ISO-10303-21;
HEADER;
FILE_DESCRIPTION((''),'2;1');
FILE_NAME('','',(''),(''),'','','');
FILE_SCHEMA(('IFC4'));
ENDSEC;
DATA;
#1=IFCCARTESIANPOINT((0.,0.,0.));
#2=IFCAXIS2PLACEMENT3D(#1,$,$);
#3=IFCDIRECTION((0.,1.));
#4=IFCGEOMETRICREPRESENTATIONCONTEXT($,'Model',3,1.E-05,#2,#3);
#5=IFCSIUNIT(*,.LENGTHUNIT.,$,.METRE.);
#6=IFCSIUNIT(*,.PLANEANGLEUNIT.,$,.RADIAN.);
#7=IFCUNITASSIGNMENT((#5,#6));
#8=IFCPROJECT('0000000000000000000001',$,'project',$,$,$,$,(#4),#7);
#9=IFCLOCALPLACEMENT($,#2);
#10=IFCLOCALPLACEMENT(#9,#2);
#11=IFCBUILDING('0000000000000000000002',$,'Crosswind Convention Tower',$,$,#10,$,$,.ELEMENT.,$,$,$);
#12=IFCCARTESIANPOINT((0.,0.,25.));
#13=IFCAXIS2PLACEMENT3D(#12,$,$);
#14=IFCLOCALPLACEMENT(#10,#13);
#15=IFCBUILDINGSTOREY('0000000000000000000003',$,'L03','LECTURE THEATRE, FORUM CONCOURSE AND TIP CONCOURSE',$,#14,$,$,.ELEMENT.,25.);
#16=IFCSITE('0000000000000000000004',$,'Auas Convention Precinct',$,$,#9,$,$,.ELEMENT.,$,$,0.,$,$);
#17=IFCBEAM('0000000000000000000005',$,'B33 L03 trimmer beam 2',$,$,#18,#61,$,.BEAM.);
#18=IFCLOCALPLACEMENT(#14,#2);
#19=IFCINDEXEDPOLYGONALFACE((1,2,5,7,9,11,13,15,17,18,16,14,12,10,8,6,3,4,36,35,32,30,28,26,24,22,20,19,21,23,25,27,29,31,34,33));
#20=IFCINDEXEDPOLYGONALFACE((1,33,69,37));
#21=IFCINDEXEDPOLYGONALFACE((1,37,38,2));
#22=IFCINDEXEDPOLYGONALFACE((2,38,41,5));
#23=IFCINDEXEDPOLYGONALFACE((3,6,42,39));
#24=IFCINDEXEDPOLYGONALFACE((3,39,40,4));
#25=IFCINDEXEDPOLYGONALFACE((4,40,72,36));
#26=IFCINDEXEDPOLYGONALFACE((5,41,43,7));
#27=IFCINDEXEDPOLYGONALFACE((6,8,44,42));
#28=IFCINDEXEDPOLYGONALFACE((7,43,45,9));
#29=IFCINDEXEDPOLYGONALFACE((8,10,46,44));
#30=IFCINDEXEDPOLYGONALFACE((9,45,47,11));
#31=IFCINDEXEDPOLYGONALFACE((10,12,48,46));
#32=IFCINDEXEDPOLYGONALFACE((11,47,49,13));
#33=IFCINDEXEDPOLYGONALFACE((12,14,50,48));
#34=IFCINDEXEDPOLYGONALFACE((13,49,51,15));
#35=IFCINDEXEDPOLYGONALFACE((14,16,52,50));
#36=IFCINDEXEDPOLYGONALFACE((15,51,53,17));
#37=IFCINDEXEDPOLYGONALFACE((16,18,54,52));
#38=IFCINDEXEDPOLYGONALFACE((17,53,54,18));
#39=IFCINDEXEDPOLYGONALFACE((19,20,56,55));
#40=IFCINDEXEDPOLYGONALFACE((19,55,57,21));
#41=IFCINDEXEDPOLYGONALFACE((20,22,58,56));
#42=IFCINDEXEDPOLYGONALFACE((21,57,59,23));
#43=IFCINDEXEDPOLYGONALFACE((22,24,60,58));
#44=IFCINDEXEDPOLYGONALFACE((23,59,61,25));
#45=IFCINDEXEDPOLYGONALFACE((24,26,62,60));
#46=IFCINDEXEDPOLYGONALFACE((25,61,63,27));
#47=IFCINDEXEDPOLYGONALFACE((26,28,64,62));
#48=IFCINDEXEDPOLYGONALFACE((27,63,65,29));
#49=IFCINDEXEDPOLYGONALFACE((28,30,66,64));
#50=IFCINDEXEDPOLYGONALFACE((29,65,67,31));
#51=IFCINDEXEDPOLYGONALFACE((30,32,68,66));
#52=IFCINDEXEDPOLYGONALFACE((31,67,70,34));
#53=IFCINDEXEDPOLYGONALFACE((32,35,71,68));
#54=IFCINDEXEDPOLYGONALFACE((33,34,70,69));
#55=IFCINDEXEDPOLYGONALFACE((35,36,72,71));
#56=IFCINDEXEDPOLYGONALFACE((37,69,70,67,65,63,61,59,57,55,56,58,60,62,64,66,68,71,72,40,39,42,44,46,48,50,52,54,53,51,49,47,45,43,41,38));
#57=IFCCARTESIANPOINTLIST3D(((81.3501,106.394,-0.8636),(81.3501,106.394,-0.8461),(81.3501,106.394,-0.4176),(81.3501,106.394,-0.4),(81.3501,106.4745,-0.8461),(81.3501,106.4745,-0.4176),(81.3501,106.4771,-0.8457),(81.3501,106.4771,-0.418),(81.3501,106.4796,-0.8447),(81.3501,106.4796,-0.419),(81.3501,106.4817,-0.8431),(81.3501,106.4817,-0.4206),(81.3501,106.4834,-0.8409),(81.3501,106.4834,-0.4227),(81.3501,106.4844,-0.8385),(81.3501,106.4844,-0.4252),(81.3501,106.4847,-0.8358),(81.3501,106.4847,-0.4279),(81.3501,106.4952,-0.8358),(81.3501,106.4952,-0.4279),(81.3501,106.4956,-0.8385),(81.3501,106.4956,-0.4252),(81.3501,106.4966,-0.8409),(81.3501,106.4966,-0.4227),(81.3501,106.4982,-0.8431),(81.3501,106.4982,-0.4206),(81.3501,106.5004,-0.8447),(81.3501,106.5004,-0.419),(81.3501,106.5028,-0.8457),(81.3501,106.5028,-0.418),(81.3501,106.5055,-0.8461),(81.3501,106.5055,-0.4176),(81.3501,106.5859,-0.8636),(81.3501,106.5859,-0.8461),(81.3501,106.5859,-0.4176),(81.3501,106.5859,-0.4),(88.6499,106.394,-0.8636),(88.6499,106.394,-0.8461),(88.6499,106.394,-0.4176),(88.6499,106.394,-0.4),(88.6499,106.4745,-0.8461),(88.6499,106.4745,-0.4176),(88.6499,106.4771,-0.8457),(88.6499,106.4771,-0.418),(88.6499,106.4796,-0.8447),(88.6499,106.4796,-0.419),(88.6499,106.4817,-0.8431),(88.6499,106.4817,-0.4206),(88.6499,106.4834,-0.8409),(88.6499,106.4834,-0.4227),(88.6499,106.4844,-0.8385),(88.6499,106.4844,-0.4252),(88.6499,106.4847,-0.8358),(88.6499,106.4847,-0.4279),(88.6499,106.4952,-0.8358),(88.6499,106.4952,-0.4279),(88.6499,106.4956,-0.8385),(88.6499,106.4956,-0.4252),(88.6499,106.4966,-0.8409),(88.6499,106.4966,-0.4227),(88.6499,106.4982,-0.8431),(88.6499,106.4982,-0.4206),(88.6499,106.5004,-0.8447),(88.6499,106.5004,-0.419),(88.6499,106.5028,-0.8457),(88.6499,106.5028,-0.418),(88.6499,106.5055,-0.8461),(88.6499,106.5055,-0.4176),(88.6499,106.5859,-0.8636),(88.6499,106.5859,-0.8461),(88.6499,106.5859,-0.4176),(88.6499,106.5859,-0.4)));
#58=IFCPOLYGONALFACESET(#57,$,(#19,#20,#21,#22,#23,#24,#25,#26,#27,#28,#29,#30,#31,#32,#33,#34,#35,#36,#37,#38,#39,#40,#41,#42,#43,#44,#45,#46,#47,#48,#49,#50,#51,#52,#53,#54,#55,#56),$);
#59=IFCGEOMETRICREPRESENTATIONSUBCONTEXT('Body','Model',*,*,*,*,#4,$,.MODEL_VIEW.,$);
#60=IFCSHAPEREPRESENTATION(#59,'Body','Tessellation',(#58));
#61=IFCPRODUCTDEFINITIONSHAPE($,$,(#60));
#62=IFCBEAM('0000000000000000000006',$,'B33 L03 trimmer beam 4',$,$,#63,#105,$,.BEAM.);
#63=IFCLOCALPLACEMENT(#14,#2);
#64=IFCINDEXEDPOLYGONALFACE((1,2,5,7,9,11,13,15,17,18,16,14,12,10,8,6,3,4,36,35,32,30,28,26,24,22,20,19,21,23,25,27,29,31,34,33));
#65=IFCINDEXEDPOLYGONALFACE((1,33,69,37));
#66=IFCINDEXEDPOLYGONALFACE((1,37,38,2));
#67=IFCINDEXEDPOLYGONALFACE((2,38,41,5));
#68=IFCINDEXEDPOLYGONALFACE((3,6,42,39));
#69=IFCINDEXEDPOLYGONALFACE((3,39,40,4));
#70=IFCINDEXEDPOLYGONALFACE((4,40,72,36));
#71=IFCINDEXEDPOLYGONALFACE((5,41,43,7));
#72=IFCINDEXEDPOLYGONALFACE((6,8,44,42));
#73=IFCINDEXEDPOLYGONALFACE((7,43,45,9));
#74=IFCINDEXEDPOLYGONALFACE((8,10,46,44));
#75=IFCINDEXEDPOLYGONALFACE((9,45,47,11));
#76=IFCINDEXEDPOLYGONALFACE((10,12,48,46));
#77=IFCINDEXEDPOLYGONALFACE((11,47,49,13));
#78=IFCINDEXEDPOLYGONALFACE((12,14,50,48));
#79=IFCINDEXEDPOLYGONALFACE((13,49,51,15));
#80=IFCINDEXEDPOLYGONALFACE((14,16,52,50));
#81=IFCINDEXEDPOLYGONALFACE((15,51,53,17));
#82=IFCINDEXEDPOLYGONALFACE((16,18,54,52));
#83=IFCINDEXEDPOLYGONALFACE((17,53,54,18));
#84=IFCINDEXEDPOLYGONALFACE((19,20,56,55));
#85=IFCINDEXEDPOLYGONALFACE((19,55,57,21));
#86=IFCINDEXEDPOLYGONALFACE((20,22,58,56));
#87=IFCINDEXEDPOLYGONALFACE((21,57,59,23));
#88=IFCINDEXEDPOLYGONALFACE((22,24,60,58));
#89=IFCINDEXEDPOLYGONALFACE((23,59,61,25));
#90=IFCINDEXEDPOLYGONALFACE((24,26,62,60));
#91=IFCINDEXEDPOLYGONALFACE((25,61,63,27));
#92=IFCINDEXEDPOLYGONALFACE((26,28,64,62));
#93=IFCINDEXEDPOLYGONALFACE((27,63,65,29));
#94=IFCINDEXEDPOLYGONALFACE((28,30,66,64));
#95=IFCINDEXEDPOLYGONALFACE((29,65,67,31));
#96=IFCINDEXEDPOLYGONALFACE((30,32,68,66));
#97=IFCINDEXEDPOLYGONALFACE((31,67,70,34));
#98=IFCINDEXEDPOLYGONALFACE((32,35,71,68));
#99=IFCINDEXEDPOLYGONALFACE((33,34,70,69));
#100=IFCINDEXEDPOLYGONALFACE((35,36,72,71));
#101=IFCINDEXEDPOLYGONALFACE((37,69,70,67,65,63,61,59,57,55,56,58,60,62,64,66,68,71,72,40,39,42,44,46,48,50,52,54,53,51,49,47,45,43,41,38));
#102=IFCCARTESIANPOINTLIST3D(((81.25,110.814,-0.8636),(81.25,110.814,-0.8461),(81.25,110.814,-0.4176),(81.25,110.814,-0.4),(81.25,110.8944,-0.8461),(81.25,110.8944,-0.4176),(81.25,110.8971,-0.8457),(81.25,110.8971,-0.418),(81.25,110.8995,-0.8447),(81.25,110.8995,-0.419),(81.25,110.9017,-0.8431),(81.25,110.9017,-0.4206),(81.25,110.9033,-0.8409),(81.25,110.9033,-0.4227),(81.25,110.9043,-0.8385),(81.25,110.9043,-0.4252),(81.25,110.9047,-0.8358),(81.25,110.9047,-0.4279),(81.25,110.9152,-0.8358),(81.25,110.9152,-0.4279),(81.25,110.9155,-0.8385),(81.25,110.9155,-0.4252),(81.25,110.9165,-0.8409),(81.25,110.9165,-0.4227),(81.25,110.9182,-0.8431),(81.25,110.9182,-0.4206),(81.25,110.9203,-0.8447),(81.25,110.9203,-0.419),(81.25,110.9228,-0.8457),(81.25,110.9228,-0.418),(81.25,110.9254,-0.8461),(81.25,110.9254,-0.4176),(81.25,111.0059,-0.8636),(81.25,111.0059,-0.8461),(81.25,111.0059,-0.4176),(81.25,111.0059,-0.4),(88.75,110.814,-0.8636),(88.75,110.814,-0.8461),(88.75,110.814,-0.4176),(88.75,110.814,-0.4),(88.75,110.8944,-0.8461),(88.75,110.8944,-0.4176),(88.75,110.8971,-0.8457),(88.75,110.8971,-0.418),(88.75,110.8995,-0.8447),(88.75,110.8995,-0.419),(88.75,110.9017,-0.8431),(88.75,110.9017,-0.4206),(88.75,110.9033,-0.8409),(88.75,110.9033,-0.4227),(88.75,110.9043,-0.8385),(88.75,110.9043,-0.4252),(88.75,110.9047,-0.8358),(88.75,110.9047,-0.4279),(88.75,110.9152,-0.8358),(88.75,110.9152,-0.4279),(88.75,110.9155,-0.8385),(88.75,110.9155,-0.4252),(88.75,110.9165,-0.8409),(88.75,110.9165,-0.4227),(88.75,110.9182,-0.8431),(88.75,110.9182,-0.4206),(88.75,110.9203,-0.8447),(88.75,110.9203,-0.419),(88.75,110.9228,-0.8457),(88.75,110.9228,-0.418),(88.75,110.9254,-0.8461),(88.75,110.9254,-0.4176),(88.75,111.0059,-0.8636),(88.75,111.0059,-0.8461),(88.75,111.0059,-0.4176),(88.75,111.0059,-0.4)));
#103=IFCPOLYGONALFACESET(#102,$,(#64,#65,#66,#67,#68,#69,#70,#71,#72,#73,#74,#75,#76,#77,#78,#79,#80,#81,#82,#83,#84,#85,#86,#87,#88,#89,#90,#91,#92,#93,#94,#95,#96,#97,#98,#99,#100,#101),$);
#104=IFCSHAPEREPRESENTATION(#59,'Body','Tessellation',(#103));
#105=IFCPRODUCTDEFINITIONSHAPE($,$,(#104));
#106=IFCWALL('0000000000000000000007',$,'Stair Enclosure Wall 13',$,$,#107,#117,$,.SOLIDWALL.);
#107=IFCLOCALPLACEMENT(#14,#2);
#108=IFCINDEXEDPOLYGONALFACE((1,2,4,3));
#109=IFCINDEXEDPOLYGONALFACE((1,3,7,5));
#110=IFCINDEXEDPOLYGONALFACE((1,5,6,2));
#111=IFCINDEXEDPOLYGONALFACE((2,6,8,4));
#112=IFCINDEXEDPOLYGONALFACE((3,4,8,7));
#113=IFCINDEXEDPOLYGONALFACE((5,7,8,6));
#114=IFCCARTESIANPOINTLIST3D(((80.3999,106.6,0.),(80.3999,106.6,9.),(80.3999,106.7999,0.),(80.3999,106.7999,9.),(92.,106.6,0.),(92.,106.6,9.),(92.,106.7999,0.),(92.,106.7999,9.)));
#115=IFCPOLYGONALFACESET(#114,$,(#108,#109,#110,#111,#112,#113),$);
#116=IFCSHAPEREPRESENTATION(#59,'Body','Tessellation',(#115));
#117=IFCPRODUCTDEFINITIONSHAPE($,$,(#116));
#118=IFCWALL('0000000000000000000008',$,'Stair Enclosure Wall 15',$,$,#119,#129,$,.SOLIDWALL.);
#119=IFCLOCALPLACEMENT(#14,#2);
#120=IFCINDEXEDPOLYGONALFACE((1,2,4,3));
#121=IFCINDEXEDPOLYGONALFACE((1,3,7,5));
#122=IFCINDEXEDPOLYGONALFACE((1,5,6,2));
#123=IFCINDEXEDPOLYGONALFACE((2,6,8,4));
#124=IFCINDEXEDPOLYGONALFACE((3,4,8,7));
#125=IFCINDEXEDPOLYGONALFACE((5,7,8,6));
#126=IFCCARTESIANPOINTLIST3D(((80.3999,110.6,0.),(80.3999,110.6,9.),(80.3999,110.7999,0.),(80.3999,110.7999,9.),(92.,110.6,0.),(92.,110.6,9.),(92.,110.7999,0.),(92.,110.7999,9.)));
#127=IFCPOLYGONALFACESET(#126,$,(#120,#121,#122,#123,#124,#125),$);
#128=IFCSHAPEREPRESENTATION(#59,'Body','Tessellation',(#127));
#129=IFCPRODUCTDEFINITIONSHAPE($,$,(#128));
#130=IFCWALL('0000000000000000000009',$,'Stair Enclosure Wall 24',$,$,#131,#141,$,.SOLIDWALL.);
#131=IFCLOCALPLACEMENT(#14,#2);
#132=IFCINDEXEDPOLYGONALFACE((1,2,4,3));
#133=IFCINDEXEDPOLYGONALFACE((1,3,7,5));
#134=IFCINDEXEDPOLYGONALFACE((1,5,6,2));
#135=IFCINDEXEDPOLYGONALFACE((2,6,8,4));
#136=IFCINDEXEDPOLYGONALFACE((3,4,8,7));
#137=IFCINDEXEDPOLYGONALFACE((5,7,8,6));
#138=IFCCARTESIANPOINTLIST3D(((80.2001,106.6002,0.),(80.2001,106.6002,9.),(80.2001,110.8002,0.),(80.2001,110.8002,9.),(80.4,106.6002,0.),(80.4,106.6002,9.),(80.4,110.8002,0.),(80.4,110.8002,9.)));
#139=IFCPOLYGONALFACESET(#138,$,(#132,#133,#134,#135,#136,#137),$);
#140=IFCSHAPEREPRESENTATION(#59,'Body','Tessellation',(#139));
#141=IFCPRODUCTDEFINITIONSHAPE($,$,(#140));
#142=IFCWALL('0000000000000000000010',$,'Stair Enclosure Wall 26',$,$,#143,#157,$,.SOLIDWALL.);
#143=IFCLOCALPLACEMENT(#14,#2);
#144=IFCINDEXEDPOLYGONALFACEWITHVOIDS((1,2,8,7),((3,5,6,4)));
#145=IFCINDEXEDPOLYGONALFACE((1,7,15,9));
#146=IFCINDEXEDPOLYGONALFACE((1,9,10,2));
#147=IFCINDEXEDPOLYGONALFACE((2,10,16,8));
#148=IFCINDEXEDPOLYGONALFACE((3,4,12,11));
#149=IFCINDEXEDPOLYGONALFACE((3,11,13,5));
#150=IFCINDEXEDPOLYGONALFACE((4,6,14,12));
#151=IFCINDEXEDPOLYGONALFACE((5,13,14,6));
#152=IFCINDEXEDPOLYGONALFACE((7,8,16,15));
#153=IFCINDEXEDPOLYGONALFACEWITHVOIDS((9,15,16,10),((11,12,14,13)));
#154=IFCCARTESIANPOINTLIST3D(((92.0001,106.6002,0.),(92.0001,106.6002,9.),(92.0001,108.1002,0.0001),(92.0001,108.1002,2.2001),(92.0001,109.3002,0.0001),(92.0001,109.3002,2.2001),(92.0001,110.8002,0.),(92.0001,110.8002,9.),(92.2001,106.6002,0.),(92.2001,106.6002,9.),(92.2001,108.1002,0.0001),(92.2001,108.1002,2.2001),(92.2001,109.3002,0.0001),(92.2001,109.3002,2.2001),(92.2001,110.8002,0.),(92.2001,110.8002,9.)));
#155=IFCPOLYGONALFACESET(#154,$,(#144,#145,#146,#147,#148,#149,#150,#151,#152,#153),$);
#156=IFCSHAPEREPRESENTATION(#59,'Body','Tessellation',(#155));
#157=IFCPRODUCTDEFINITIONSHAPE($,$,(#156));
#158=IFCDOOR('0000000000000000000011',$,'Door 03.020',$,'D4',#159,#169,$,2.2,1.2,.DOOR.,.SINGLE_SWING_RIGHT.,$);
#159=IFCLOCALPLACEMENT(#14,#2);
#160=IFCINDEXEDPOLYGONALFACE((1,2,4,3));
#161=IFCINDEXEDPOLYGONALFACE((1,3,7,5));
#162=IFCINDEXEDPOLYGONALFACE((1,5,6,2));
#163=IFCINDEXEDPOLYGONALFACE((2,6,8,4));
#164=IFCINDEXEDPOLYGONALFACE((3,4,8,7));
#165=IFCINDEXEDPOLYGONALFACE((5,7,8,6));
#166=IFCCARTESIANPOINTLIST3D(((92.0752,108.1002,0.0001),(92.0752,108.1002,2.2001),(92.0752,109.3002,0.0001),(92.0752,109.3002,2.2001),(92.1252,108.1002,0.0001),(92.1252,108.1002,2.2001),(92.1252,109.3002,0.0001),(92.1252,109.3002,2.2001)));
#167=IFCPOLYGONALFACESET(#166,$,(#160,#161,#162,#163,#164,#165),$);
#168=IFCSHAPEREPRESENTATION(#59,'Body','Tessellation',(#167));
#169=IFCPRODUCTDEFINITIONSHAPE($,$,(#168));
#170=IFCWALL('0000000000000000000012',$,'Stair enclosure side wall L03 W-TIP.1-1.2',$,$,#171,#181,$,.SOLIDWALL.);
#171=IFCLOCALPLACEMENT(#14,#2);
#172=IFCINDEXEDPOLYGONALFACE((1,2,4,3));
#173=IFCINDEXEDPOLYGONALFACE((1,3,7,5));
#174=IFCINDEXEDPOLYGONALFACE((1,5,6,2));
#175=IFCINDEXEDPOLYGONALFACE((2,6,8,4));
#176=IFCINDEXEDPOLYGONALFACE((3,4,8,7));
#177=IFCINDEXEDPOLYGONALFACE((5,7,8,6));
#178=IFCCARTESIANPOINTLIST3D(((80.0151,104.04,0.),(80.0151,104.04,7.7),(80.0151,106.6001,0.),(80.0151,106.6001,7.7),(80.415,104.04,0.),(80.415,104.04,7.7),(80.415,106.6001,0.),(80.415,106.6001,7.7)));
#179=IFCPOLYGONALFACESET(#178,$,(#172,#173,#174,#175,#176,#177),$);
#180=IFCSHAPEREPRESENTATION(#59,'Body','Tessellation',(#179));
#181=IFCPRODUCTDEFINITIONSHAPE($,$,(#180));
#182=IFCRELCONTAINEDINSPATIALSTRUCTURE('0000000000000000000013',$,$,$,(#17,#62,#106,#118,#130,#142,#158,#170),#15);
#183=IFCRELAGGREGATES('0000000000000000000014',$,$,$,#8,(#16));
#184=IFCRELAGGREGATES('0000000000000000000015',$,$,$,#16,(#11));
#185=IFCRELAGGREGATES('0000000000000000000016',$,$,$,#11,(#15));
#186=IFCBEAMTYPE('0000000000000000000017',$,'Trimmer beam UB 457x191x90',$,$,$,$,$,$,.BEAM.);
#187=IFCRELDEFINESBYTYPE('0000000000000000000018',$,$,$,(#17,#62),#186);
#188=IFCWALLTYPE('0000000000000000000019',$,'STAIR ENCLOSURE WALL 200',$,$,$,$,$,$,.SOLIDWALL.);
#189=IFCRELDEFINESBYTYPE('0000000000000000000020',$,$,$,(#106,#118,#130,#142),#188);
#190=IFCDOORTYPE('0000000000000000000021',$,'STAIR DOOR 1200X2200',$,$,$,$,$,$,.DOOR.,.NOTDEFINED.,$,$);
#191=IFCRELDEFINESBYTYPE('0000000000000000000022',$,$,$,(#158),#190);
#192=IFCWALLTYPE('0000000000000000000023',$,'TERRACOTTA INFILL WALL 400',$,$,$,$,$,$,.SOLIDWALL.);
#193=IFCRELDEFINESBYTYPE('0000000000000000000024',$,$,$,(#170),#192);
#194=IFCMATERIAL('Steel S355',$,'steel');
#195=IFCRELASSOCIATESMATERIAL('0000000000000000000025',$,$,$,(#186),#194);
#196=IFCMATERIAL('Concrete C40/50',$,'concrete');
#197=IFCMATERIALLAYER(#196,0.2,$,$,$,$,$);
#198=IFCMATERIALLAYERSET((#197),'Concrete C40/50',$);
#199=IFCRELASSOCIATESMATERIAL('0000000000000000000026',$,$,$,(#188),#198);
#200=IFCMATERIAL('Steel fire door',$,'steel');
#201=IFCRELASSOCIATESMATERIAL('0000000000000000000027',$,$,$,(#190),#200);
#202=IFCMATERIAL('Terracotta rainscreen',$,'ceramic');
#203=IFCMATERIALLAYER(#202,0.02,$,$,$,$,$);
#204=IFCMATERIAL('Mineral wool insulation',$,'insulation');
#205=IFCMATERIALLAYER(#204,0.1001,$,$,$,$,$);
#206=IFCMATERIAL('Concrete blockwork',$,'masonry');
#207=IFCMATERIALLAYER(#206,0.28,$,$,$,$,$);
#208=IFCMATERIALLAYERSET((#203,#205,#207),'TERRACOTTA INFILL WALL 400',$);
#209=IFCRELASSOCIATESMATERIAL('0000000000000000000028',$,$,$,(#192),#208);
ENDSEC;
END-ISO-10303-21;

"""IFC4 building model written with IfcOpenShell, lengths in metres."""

from ifc_helpers import new_model, si_unit, direction, frame, frame_2d, origin, origin_2d, place, context, subcontext, project, spatial, rectangle, i_section, extrude, material, layer, layer_set, material_profile, profile_set, type_object, element, fill, save


model = new_model("IFC4")

# Units and contexts
model_context = context("Model", 3, precision=1e-05, world=origin(), true_north=direction((0.0, 1.0)))
body_context = subcontext(model_context, "Body", "Model", "MODEL_VIEW")
ifc_project = project(units=[si_unit("LENGTHUNIT", "METRE"), si_unit("PLANEANGLEUNIT", "RADIAN")], contexts=[model_context])

# Site, building, storey
site_placement = place(None, origin())
site = spatial("IfcSite", under=ifc_project, at=site_placement, Name="Auas Convention Precinct", CompositionType="ELEMENT", RefElevation=0.0)
building_placement = place(site_placement, origin())
building = spatial("IfcBuilding", under=site, at=building_placement, Name="Crosswind Convention Tower", CompositionType="ELEMENT")
storey_placement = place(building_placement, frame((0.0, 0.0, 25.0)))
storey = spatial("IfcBuildingStorey", under=building, at=storey_placement, Name="L03", Description="LECTURE THEATRE, FORUM CONCOURSE AND TIP CONCOURSE", CompositionType="ELEMENT", Elevation=25.0)

# Beams
ifc_material_1 = material(Name="Steel S355", Category="steel")
ifc_material_profile_1 = material_profile(ifc_material_1, i_section(OverallWidth=0.1919, OverallDepth=0.4636, WebThickness=0.0105, FlangeThickness=0.0176, FilletRadius=0.0103, at=origin_2d()), Name="UB 457x191x90")
ifc_profile_set_1 = profile_set([ifc_material_profile_1], Name="Steel S355")
beam_type_1 = type_object("IfcBeamType", Name="Trimmer beam UB 457x191x90", PredefinedType="BEAM", material=ifc_profile_set_1)
beam_1_placement = place(storey_placement, frame((88.6499, 106.49, -0.6318), z_axis=(-1.0, 0.0, 0.0), x_axis=(0.0, -1.0, 0.0)))
element("IfcBeam", 1, at=beam_1_placement, inside=storey, type_object=beam_type_1, Name="B33 L03 trimmer beam 2", PredefinedType="BEAM", context=body_context, shape_type="SweptSolid", body=[
    extrude(i_section(OverallWidth=0.1919, OverallDepth=0.4636, WebThickness=0.0105, FlangeThickness=0.0176, FilletRadius=0.0103, at=origin_2d()), origin(), (0.0, 0.0, 1.0), 7.2998),
])
beam_2_placement = place(storey_placement, frame((88.75, 110.9099, -0.6318), z_axis=(-1.0, 0.0, 0.0), x_axis=(0.0, -1.0, 0.0)))
element("IfcBeam", 2, at=beam_2_placement, inside=storey, type_object=beam_type_1, Name="B33 L03 trimmer beam 4", PredefinedType="BEAM", context=body_context, shape_type="SweptSolid", body=[
    extrude(i_section(OverallWidth=0.1919, OverallDepth=0.4636, WebThickness=0.0105, FlangeThickness=0.0176, FilletRadius=0.0103, at=origin_2d()), origin(), (0.0, 0.0, 1.0), 7.5),
])

# Walls
ifc_material_2 = material(Name="Concrete C40/50", Category="concrete")
ifc_layer_1 = layer(ifc_material_2, 0.2)
ifc_layer_set_1 = layer_set([ifc_layer_1], Name="Concrete C40/50")
wall_type_1 = type_object("IfcWallType", Name="STAIR ENCLOSURE WALL 200", PredefinedType="SOLIDWALL", material=ifc_layer_set_1)
for number, where, z_axis, x_axis, name in (
    (3, (80.3999, 106.7, 0.0), (0.0, 0.0, 1.0), (1.0, 0.0, 0.0), "Stair Enclosure Wall 13"),
    (4, (80.3999, 110.7, 0.0), (0.0, 0.0, 1.0), (1.0, 0.0, 0.0), "Stair Enclosure Wall 15"),
):
    element("IfcWall", number, at=place(storey_placement, frame(where, z_axis=z_axis, x_axis=x_axis)), inside=storey, type_object=wall_type_1, Name=name, PredefinedType="SOLIDWALL", context=body_context, shape_type="SweptSolid", body=[
        extrude(rectangle(XDim=11.6001, YDim=0.2, at=frame_2d((5.8, 0.0))), origin(), (0.0, 0.0, 1.0), 9.0),
    ])
wall_1_placement = place(storey_placement, frame((80.3, 106.6001, 0.0), z_axis=(0.0, 0.0, 1.0), x_axis=(0.0, 1.0, 0.0)))
element("IfcWall", 5, at=wall_1_placement, inside=storey, type_object=wall_type_1, Name="Stair Enclosure Wall 24", PredefinedType="SOLIDWALL", context=body_context, shape_type="SweptSolid", body=[
    extrude(rectangle(XDim=4.2, YDim=0.2, at=frame_2d((2.1001, 0.0))), origin(), (0.0, 0.0, 1.0), 9.0),
])

# Wall, opening, door
wall_2_placement = place(storey_placement, frame((92.1001, 106.6001, 0.0), z_axis=(0.0, 0.0, 1.0), x_axis=(0.0, 1.0, 0.0)))
wall_2 = element("IfcWall", 6, at=wall_2_placement, inside=storey, type_object=wall_type_1, Name="Stair Enclosure Wall 26", PredefinedType="SOLIDWALL", context=body_context, shape_type="SweptSolid", body=[
    extrude(rectangle(XDim=4.2, YDim=0.2, at=frame_2d((2.1001, 0.0))), origin(), (0.0, 0.0, 1.0), 9.0),
])
opening_placement = place(wall_2_placement, frame((1.5, 0.0, 0.0)))
opening = element("IfcOpeningElement", 7, at=opening_placement, cuts=wall_2, PredefinedType="OPENING", context=body_context, shape_type="SweptSolid", body=[
    extrude(rectangle(XDim=1.2, YDim=2.2, at=frame_2d((0.6001, 1.1001))), frame((0.0, 0.1099, 0.0), z_axis=(0.0, -1.0, 0.0), x_axis=(1.0, 0.0, 0.0)), (0.0, 0.0, 1.0), 0.22),
])
ifc_material_3 = material(Name="Steel fire door", Category="steel")
door_type = type_object("IfcDoorType", Name="STAIR DOOR 1200X2200", OperationType="NOTDEFINED", PredefinedType="DOOR", material=ifc_material_3)
door_placement = place(opening_placement, origin())
door = element("IfcDoor", 8, at=door_placement, inside=storey, type_object=door_type, Name="Door 03.020", ObjectType="D4", OperationType="SINGLE_SWING_RIGHT", OverallHeight=2.2, OverallWidth=1.2, PredefinedType="DOOR", context=body_context, shape_type="SweptSolid", body=[
    extrude(rectangle(XDim=1.2, YDim=2.2, at=frame_2d((0.6001, 1.1001))), frame((0.0, 0.0249, 0.0), z_axis=(0.0, -1.0, 0.0), x_axis=(1.0, 0.0, 0.0)), (0.0, 0.0, 1.0), 0.05),
])
fill(opening, door)

# Wall
ifc_material_4 = material(Name="Terracotta rainscreen", Category="ceramic")
ifc_layer_2 = layer(ifc_material_4, 0.02)
ifc_material_5 = material(Name="Mineral wool insulation", Category="insulation")
ifc_layer_3 = layer(ifc_material_5, 0.1001)
ifc_material_6 = material(Name="Concrete blockwork", Category="masonry")
ifc_layer_4 = layer(ifc_material_6, 0.28)
ifc_layer_set_2 = layer_set([ifc_layer_2, ifc_layer_3, ifc_layer_4], Name="TERRACOTTA INFILL WALL 400")
wall_type_2 = type_object("IfcWallType", Name="TERRACOTTA INFILL WALL 400", PredefinedType="SOLIDWALL", material=ifc_layer_set_2)
wall_3_placement = place(storey_placement, frame((80.2151, 106.6001, 0.0), z_axis=(0.0, 0.0, 1.0), x_axis=(0.0, -1.0, 0.0)))
element("IfcWall", 9, at=wall_3_placement, inside=storey, type_object=wall_type_2, Name="Stair enclosure side wall L03 W-TIP.1-1.2", PredefinedType="SOLIDWALL", context=body_context, shape_type="SweptSolid", body=[
    extrude(rectangle(XDim=2.5601, YDim=0.3999, at=frame_2d((1.28, 0.0))), origin(), (0.0, 0.0, 1.0), 7.7),
])

save(model, "model.ifc")
